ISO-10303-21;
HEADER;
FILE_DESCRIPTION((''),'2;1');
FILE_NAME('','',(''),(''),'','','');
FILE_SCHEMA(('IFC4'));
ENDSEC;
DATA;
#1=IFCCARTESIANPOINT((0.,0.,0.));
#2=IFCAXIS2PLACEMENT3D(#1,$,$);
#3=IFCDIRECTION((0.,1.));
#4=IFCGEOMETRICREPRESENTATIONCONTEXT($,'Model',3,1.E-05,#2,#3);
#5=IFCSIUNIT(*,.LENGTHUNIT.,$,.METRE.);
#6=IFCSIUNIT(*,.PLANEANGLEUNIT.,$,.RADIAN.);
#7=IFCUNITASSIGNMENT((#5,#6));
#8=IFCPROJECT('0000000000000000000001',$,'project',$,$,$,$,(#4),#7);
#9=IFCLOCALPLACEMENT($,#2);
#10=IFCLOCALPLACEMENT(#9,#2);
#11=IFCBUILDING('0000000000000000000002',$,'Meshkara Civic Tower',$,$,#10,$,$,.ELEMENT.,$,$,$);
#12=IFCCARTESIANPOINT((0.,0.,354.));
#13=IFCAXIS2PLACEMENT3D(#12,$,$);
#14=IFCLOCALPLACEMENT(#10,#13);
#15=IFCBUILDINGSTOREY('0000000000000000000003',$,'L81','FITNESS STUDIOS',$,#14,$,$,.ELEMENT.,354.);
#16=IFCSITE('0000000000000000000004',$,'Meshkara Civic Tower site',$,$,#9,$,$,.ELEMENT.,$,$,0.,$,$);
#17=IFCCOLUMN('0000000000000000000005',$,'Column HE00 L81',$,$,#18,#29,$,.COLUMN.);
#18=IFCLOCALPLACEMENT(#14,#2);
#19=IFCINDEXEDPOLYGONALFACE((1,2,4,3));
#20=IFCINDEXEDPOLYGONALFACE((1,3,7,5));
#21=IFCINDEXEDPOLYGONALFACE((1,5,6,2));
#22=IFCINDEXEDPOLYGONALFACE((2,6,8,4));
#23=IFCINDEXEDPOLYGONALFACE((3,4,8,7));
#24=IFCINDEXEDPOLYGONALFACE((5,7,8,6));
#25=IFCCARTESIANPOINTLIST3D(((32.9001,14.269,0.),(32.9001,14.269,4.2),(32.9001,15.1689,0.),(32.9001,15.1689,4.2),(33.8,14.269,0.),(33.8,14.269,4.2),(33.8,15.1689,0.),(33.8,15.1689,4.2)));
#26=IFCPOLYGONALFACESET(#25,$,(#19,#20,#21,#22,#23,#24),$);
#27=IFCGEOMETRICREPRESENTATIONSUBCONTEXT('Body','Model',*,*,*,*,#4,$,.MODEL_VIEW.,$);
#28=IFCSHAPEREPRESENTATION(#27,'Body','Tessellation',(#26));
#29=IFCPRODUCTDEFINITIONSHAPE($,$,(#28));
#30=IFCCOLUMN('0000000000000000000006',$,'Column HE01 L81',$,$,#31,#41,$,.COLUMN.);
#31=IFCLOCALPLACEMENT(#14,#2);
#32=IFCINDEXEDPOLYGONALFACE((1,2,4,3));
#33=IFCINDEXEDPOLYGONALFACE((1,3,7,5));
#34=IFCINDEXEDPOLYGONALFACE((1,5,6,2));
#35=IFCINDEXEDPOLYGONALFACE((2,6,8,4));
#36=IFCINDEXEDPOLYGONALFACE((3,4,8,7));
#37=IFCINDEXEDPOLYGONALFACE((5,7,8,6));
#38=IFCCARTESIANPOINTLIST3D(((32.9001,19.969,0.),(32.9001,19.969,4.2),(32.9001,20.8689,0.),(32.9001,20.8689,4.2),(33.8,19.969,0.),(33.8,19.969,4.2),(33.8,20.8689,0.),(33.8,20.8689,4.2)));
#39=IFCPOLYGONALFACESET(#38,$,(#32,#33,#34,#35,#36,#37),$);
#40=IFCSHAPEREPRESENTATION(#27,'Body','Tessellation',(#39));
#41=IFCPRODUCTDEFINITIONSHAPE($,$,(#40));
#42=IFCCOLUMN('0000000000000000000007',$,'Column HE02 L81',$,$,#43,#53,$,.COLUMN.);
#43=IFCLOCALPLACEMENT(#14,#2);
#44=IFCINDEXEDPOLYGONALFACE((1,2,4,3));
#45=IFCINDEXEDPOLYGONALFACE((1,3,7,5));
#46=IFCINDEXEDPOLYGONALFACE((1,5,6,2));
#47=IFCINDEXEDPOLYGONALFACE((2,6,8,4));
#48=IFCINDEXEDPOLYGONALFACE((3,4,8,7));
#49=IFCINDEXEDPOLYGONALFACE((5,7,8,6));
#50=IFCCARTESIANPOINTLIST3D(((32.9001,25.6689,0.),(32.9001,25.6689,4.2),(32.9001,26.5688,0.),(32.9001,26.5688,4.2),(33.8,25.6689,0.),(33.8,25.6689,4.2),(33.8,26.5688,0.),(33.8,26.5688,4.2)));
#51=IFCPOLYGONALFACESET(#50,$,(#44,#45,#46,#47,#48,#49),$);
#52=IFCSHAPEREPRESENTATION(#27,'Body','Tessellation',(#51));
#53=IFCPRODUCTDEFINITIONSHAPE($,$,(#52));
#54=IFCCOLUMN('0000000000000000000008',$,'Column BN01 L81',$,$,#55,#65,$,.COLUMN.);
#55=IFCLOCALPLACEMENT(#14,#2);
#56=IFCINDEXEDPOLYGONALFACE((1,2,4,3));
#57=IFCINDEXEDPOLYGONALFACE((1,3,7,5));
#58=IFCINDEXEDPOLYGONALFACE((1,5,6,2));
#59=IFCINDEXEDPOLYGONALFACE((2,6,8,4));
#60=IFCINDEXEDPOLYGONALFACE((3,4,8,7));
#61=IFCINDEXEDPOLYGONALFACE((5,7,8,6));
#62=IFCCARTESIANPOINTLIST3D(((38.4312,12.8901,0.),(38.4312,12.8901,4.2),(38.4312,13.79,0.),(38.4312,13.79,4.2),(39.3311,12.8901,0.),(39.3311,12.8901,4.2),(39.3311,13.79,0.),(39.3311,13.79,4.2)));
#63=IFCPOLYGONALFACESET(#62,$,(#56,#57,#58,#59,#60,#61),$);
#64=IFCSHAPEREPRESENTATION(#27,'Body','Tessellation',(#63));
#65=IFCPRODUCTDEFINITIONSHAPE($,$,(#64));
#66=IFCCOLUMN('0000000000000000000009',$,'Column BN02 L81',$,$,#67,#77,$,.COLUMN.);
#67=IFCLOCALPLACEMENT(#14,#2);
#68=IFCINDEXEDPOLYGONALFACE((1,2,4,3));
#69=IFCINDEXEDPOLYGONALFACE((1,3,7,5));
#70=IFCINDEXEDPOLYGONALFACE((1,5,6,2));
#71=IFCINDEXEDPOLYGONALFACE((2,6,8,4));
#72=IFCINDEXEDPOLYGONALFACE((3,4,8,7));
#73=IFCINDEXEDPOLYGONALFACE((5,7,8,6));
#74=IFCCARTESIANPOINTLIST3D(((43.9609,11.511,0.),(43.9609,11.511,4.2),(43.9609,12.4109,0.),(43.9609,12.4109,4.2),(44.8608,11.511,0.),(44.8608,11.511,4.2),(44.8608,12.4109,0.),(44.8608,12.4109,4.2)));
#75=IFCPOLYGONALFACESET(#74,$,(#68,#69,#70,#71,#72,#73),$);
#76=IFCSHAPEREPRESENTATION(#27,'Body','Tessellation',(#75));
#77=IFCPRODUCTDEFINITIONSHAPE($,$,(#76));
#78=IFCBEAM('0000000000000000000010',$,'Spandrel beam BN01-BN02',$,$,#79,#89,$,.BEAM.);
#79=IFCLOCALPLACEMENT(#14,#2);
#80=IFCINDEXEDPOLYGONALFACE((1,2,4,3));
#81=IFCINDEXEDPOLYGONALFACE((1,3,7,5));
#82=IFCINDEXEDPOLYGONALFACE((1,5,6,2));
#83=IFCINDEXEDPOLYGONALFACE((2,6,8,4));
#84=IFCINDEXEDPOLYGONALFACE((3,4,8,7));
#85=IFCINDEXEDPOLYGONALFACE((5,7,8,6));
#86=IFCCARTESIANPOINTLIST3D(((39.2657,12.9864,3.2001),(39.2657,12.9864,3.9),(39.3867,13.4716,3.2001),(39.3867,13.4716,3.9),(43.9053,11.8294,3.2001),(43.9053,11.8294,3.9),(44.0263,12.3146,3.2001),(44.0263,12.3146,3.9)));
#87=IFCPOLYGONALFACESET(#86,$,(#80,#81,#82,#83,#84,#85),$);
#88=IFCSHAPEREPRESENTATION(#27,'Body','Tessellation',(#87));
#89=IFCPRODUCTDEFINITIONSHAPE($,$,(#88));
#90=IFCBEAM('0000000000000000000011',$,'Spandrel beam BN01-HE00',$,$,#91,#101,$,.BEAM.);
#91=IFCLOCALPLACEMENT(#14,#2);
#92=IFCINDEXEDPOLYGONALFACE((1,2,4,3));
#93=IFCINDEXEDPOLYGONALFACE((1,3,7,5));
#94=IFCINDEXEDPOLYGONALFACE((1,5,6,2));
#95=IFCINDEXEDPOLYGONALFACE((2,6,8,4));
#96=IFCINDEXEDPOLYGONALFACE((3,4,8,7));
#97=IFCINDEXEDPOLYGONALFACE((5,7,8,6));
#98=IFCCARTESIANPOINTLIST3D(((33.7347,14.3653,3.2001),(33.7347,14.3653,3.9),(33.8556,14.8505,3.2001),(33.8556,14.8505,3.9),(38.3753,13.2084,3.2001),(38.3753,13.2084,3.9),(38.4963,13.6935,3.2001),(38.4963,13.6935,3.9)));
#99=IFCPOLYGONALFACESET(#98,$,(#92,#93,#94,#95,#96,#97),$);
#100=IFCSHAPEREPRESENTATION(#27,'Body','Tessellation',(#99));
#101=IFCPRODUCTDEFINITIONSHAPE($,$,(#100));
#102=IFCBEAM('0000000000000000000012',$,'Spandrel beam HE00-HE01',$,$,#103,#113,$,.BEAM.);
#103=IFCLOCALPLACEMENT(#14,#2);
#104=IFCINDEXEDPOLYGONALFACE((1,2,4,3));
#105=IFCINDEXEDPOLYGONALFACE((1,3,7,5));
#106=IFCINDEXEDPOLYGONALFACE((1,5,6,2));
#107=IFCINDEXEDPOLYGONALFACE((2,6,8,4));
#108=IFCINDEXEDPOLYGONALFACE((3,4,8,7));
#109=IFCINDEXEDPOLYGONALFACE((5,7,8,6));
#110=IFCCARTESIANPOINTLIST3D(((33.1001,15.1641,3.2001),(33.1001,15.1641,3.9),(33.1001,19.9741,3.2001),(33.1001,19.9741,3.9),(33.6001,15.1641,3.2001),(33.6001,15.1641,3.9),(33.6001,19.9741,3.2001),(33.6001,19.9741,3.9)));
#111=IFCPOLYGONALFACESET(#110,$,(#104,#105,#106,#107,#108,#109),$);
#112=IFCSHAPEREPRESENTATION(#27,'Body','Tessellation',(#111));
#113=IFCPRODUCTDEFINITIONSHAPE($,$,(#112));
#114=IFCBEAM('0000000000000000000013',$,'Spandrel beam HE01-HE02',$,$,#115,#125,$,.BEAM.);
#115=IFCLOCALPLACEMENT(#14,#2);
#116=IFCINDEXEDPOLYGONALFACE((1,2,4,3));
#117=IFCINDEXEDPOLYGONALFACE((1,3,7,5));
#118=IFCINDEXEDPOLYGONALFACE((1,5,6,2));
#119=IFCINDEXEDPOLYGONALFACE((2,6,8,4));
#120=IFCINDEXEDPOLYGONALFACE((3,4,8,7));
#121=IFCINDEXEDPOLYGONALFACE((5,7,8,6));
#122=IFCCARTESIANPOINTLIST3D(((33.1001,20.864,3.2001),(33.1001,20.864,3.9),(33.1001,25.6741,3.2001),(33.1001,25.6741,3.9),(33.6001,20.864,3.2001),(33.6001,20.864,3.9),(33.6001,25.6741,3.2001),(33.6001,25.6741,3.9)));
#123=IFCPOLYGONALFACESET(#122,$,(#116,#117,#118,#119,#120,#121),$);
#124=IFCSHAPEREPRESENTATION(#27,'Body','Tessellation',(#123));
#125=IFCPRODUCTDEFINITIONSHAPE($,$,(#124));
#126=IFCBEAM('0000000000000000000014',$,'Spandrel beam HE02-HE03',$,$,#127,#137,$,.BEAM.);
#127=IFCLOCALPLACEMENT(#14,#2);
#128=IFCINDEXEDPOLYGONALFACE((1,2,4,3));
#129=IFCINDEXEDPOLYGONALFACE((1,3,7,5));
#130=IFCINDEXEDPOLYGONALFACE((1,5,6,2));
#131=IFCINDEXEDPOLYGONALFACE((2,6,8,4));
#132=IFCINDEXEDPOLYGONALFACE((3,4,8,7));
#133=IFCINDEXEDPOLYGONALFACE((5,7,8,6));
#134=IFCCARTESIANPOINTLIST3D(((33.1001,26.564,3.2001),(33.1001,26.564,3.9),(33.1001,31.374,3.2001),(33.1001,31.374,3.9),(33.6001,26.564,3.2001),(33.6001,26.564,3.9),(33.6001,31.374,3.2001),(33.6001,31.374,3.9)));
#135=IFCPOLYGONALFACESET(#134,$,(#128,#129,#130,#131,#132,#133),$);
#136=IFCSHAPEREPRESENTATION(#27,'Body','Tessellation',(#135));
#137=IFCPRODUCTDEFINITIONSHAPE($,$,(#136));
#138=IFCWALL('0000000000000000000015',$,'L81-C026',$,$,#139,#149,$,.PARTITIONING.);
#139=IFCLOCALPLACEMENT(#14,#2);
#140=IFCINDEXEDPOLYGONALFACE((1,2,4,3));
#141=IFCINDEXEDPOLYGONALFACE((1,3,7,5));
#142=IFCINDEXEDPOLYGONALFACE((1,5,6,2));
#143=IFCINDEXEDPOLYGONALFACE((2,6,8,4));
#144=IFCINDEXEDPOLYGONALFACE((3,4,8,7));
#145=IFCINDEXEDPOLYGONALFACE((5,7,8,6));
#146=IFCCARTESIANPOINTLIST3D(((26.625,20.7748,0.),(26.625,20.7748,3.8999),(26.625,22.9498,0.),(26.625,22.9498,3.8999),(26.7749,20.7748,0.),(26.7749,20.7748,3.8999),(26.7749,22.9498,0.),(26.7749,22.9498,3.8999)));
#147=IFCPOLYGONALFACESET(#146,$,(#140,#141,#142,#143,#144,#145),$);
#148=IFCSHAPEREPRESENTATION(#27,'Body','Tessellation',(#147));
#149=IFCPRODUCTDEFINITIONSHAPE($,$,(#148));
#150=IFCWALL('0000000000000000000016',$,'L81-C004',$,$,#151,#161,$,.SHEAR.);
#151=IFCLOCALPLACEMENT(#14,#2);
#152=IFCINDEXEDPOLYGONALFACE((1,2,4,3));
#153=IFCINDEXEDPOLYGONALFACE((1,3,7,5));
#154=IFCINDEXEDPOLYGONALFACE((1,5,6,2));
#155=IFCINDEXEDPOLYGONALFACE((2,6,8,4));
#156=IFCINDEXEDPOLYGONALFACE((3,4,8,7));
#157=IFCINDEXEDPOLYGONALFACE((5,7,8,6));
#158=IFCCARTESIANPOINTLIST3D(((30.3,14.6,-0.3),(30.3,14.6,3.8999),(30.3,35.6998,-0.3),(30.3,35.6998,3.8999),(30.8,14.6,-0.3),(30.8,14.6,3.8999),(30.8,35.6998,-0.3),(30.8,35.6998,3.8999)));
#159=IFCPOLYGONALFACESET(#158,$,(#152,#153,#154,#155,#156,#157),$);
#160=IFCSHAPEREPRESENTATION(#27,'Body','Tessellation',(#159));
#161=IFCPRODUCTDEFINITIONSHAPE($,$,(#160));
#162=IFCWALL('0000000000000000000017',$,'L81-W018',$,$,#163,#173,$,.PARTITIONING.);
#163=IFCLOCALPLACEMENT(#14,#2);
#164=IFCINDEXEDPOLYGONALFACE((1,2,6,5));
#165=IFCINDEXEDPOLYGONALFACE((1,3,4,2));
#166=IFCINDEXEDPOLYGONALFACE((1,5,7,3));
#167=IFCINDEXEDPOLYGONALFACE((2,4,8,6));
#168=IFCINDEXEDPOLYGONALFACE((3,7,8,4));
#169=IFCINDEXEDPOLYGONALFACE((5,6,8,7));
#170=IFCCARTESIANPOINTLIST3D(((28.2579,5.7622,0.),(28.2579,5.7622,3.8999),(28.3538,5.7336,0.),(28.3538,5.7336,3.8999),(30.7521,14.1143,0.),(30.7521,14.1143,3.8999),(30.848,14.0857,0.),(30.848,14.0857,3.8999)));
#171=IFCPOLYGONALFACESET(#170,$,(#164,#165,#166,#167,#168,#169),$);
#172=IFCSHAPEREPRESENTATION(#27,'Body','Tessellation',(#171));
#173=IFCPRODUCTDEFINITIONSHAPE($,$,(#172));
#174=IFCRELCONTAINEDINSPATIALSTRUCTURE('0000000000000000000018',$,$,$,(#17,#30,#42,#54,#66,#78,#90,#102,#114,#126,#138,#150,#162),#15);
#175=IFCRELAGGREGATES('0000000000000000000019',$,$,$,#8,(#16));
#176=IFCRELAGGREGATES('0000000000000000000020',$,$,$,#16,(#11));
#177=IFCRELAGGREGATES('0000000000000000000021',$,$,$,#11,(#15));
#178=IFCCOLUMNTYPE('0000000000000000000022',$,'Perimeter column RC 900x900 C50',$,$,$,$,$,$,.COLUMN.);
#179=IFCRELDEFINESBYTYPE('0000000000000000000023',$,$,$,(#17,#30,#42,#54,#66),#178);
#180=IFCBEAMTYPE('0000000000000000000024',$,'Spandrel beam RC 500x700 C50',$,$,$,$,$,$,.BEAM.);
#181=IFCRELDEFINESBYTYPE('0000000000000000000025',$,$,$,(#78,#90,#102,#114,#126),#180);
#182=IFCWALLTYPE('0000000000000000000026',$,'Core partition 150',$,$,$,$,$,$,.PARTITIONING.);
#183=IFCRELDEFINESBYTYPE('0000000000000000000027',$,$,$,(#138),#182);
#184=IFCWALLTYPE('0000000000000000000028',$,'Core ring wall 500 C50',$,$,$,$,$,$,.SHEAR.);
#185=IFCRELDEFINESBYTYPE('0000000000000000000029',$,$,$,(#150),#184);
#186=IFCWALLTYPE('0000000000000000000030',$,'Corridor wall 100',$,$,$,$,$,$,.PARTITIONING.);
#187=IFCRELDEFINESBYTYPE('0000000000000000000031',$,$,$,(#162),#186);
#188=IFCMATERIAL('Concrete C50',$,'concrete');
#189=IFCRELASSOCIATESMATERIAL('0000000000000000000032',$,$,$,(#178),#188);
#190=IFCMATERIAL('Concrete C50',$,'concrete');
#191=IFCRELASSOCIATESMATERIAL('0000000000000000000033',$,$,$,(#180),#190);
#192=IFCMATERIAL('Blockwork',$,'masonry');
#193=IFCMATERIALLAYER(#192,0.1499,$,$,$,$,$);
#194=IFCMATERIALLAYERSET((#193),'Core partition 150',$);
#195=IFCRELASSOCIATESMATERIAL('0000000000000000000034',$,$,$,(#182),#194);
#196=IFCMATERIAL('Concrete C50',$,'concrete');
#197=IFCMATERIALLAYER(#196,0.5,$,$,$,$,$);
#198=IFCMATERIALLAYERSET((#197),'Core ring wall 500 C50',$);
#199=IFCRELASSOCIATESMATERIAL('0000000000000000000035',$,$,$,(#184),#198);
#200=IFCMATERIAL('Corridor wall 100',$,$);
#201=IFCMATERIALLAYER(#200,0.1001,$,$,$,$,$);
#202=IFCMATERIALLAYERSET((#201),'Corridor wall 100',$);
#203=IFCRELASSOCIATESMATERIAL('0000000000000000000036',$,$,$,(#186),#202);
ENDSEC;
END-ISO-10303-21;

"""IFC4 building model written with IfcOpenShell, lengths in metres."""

from ifc_helpers import new_model, si_unit, direction, frame, frame_2d, origin, origin_2d, place, context, subcontext, project, spatial, rectangle, extrude, material, layer, layer_set, material_profile, profile_set, type_object, element, save


model = new_model("IFC4")

# Units and contexts
model_context = context("Model", 3, precision=1e-05, world=origin(), true_north=direction((0.0, 1.0)))
body_context = subcontext(model_context, "Body", "Model", "MODEL_VIEW")
ifc_project = project(units=[si_unit("LENGTHUNIT", "METRE"), si_unit("PLANEANGLEUNIT", "RADIAN")], contexts=[model_context])

# Site, building, storey
site_placement = place(None, origin())
site = spatial("IfcSite", under=ifc_project, at=site_placement, Name="Meshkara Civic Tower site", CompositionType="ELEMENT", RefElevation=0.0)
building_placement = place(site_placement, origin())
building = spatial("IfcBuilding", under=site, at=building_placement, Name="Meshkara Civic Tower", CompositionType="ELEMENT")
storey_placement = place(building_placement, frame((0.0, 0.0, 354.0)))
storey = spatial("IfcBuildingStorey", under=building, at=storey_placement, Name="L81", Description="FITNESS STUDIOS", CompositionType="ELEMENT", Elevation=354.0)

# Columns
ifc_material_1 = material(Name="Concrete C50", Category="concrete")
ifc_material_profile_1 = material_profile(ifc_material_1, rectangle(XDim=0.8999, YDim=0.8999, at=origin_2d()))
ifc_profile_set_1 = profile_set([ifc_material_profile_1], Name="Concrete C50")
column_type = type_object("IfcColumnType", Name="Perimeter column RC 900x900 C50", PredefinedType="COLUMN", material=ifc_profile_set_1)
for number, where, z_axis, x_axis, name in (
    (1, (33.3501, 14.719, 0.0), (0.0, 0.0, 1.0), (1.0, 0.0, 0.0), "Column HE00 L81"),
    (2, (33.3501, 20.4189, 0.0), (0.0, 0.0, 1.0), (1.0, 0.0, 0.0), "Column HE01 L81"),
    (3, (33.3501, 26.1189, 0.0), (0.0, 0.0, 1.0), (1.0, 0.0, 0.0), "Column HE02 L81"),
    (4, (38.8811, 13.3401, 0.0), (0.0, 0.0, 1.0), (1.0, 0.0, 0.0), "Column BN01 L81"),
    (5, (44.4109, 11.9609, 0.0), (0.0, 0.0, 1.0), (1.0, 0.0, 0.0), "Column BN02 L81"),
):
    element("IfcColumn", number, at=place(storey_placement, frame(where, z_axis=z_axis, x_axis=x_axis)), inside=storey, type_object=column_type, Name=name, PredefinedType="COLUMN", context=body_context, shape_type="SweptSolid", body=[
        extrude(rectangle(XDim=0.8999, YDim=0.8999, at=origin_2d()), origin(), (0.0, 0.0, 1.0), 4.2),
    ])

# Beams
ifc_material_2 = material(Name="Concrete C50", Category="concrete")
ifc_material_profile_2 = material_profile(ifc_material_2, rectangle(XDim=0.5, YDim=0.7, at=origin_2d()))
ifc_profile_set_2 = profile_set([ifc_material_profile_2], Name="Concrete C50")
beam_type = type_object("IfcBeamType", Name="Spandrel beam RC 500x700 C50", PredefinedType="BEAM", material=ifc_profile_set_2)
beam_1_placement = place(storey_placement, frame((43.9658, 12.072, 3.55), z_axis=(-0.970286, 0.241959, 0.0), x_axis=(-0.241959, -0.970286, 0.0)))
element("IfcBeam", 6, at=beam_1_placement, inside=storey, type_object=beam_type, Name="Spandrel beam BN01-BN02", PredefinedType="BEAM", context=body_context, shape_type="SweptSolid", body=[
    extrude(rectangle(XDim=0.5, YDim=0.7, at=origin_2d()), origin(), (0.0, 0.0, 1.0), 4.7817),
])
beam_2_placement = place(storey_placement, frame((38.4358, 13.4509, 3.55), z_axis=(-0.970298, 0.241911, 0.0), x_axis=(-0.241911, -0.970298, 0.0)))
element("IfcBeam", 7, at=beam_2_placement, inside=storey, type_object=beam_type, Name="Spandrel beam BN01-HE00", PredefinedType="BEAM", context=body_context, shape_type="SweptSolid", body=[
    extrude(rectangle(XDim=0.5, YDim=0.7, at=origin_2d()), origin(), (0.0, 0.0, 1.0), 4.7827),
])
for number, where, z_axis, x_axis, name in (
    (8, (33.3501, 15.1641, 3.55), (0.0, 1.0, 0.0), (-1.0, 0.0, 0.0), "Spandrel beam HE00-HE01"),
    (9, (33.3501, 20.864, 3.55), (0.0, 1.0, 0.0), (-1.0, 0.0, 0.0), "Spandrel beam HE01-HE02"),
    (10, (33.3501, 26.564, 3.55), (0.0, 1.0, 0.0), (-1.0, 0.0, 0.0), "Spandrel beam HE02-HE03"),
):
    element("IfcBeam", number, at=place(storey_placement, frame(where, z_axis=z_axis, x_axis=x_axis)), inside=storey, type_object=beam_type, Name=name, PredefinedType="BEAM", context=body_context, shape_type="SweptSolid", body=[
        extrude(rectangle(XDim=0.5, YDim=0.7, at=origin_2d()), origin(), (0.0, 0.0, 1.0), 4.8101),
    ])

# Walls
ifc_material_3 = material(Name="Blockwork", Category="masonry")
ifc_layer_1 = layer(ifc_material_3, 0.1499)
ifc_layer_set_1 = layer_set([ifc_layer_1], Name="Core partition 150")
wall_type_1 = type_object("IfcWallType", Name="Core partition 150", PredefinedType="PARTITIONING", material=ifc_layer_set_1)
wall_1_placement = place(storey_placement, frame((26.7, 20.7749, 0.0), z_axis=(0.0, 0.0, 1.0), x_axis=(0.0, 1.0, 0.0)))
element("IfcWall", 11, at=wall_1_placement, inside=storey, type_object=wall_type_1, Name="L81-C026", PredefinedType="PARTITIONING", context=body_context, shape_type="SweptSolid", body=[
    extrude(rectangle(XDim=2.175, YDim=0.1499, at=frame_2d((1.0874, 0.0))), origin(), (0.0, 0.0, 1.0), 3.8999),
])
ifc_material_4 = material(Name="Concrete C50", Category="concrete")
ifc_layer_2 = layer(ifc_material_4, 0.5)
ifc_layer_set_2 = layer_set([ifc_layer_2], Name="Core ring wall 500 C50")
wall_type_2 = type_object("IfcWallType", Name="Core ring wall 500 C50", PredefinedType="SHEAR", material=ifc_layer_set_2)
wall_2_placement = place(storey_placement, frame((30.55, 14.6001, -0.3), z_axis=(0.0, 0.0, 1.0), x_axis=(0.0, 1.0, 0.0)))
element("IfcWall", 12, at=wall_2_placement, inside=storey, type_object=wall_type_2, Name="L81-C004", PredefinedType="SHEAR", context=body_context, shape_type="SweptSolid", body=[
    extrude(rectangle(XDim=21.0999, YDim=0.5, at=frame_2d((10.5498, 0.0))), origin(), (0.0, 0.0, 1.0), 4.2),
])
ifc_material_5 = material(Name="Corridor wall 100")
ifc_layer_3 = layer(ifc_material_5, 0.1001)
ifc_layer_set_3 = layer_set([ifc_layer_3], Name="Corridor wall 100")
wall_type_3 = type_object("IfcWallType", Name="Corridor wall 100", PredefinedType="PARTITIONING", material=ifc_layer_set_3)
wall_3_placement = place(storey_placement, frame((30.8, 14.1001, 0.0), z_axis=(0.0, 0.0, 1.0), x_axis=(-0.28614, -0.958188, 0.0)))
element("IfcWall", 13, at=wall_3_placement, inside=storey, type_object=wall_type_3, Name="L81-W018", PredefinedType="PARTITIONING", context=body_context, shape_type="SweptSolid", body=[
    extrude(rectangle(XDim=8.7166, YDim=0.1001, at=frame_2d((4.3584, 0.0))), origin(), (0.0, 0.0, 1.0), 3.8999),
])

save(model, "model.ifc")
